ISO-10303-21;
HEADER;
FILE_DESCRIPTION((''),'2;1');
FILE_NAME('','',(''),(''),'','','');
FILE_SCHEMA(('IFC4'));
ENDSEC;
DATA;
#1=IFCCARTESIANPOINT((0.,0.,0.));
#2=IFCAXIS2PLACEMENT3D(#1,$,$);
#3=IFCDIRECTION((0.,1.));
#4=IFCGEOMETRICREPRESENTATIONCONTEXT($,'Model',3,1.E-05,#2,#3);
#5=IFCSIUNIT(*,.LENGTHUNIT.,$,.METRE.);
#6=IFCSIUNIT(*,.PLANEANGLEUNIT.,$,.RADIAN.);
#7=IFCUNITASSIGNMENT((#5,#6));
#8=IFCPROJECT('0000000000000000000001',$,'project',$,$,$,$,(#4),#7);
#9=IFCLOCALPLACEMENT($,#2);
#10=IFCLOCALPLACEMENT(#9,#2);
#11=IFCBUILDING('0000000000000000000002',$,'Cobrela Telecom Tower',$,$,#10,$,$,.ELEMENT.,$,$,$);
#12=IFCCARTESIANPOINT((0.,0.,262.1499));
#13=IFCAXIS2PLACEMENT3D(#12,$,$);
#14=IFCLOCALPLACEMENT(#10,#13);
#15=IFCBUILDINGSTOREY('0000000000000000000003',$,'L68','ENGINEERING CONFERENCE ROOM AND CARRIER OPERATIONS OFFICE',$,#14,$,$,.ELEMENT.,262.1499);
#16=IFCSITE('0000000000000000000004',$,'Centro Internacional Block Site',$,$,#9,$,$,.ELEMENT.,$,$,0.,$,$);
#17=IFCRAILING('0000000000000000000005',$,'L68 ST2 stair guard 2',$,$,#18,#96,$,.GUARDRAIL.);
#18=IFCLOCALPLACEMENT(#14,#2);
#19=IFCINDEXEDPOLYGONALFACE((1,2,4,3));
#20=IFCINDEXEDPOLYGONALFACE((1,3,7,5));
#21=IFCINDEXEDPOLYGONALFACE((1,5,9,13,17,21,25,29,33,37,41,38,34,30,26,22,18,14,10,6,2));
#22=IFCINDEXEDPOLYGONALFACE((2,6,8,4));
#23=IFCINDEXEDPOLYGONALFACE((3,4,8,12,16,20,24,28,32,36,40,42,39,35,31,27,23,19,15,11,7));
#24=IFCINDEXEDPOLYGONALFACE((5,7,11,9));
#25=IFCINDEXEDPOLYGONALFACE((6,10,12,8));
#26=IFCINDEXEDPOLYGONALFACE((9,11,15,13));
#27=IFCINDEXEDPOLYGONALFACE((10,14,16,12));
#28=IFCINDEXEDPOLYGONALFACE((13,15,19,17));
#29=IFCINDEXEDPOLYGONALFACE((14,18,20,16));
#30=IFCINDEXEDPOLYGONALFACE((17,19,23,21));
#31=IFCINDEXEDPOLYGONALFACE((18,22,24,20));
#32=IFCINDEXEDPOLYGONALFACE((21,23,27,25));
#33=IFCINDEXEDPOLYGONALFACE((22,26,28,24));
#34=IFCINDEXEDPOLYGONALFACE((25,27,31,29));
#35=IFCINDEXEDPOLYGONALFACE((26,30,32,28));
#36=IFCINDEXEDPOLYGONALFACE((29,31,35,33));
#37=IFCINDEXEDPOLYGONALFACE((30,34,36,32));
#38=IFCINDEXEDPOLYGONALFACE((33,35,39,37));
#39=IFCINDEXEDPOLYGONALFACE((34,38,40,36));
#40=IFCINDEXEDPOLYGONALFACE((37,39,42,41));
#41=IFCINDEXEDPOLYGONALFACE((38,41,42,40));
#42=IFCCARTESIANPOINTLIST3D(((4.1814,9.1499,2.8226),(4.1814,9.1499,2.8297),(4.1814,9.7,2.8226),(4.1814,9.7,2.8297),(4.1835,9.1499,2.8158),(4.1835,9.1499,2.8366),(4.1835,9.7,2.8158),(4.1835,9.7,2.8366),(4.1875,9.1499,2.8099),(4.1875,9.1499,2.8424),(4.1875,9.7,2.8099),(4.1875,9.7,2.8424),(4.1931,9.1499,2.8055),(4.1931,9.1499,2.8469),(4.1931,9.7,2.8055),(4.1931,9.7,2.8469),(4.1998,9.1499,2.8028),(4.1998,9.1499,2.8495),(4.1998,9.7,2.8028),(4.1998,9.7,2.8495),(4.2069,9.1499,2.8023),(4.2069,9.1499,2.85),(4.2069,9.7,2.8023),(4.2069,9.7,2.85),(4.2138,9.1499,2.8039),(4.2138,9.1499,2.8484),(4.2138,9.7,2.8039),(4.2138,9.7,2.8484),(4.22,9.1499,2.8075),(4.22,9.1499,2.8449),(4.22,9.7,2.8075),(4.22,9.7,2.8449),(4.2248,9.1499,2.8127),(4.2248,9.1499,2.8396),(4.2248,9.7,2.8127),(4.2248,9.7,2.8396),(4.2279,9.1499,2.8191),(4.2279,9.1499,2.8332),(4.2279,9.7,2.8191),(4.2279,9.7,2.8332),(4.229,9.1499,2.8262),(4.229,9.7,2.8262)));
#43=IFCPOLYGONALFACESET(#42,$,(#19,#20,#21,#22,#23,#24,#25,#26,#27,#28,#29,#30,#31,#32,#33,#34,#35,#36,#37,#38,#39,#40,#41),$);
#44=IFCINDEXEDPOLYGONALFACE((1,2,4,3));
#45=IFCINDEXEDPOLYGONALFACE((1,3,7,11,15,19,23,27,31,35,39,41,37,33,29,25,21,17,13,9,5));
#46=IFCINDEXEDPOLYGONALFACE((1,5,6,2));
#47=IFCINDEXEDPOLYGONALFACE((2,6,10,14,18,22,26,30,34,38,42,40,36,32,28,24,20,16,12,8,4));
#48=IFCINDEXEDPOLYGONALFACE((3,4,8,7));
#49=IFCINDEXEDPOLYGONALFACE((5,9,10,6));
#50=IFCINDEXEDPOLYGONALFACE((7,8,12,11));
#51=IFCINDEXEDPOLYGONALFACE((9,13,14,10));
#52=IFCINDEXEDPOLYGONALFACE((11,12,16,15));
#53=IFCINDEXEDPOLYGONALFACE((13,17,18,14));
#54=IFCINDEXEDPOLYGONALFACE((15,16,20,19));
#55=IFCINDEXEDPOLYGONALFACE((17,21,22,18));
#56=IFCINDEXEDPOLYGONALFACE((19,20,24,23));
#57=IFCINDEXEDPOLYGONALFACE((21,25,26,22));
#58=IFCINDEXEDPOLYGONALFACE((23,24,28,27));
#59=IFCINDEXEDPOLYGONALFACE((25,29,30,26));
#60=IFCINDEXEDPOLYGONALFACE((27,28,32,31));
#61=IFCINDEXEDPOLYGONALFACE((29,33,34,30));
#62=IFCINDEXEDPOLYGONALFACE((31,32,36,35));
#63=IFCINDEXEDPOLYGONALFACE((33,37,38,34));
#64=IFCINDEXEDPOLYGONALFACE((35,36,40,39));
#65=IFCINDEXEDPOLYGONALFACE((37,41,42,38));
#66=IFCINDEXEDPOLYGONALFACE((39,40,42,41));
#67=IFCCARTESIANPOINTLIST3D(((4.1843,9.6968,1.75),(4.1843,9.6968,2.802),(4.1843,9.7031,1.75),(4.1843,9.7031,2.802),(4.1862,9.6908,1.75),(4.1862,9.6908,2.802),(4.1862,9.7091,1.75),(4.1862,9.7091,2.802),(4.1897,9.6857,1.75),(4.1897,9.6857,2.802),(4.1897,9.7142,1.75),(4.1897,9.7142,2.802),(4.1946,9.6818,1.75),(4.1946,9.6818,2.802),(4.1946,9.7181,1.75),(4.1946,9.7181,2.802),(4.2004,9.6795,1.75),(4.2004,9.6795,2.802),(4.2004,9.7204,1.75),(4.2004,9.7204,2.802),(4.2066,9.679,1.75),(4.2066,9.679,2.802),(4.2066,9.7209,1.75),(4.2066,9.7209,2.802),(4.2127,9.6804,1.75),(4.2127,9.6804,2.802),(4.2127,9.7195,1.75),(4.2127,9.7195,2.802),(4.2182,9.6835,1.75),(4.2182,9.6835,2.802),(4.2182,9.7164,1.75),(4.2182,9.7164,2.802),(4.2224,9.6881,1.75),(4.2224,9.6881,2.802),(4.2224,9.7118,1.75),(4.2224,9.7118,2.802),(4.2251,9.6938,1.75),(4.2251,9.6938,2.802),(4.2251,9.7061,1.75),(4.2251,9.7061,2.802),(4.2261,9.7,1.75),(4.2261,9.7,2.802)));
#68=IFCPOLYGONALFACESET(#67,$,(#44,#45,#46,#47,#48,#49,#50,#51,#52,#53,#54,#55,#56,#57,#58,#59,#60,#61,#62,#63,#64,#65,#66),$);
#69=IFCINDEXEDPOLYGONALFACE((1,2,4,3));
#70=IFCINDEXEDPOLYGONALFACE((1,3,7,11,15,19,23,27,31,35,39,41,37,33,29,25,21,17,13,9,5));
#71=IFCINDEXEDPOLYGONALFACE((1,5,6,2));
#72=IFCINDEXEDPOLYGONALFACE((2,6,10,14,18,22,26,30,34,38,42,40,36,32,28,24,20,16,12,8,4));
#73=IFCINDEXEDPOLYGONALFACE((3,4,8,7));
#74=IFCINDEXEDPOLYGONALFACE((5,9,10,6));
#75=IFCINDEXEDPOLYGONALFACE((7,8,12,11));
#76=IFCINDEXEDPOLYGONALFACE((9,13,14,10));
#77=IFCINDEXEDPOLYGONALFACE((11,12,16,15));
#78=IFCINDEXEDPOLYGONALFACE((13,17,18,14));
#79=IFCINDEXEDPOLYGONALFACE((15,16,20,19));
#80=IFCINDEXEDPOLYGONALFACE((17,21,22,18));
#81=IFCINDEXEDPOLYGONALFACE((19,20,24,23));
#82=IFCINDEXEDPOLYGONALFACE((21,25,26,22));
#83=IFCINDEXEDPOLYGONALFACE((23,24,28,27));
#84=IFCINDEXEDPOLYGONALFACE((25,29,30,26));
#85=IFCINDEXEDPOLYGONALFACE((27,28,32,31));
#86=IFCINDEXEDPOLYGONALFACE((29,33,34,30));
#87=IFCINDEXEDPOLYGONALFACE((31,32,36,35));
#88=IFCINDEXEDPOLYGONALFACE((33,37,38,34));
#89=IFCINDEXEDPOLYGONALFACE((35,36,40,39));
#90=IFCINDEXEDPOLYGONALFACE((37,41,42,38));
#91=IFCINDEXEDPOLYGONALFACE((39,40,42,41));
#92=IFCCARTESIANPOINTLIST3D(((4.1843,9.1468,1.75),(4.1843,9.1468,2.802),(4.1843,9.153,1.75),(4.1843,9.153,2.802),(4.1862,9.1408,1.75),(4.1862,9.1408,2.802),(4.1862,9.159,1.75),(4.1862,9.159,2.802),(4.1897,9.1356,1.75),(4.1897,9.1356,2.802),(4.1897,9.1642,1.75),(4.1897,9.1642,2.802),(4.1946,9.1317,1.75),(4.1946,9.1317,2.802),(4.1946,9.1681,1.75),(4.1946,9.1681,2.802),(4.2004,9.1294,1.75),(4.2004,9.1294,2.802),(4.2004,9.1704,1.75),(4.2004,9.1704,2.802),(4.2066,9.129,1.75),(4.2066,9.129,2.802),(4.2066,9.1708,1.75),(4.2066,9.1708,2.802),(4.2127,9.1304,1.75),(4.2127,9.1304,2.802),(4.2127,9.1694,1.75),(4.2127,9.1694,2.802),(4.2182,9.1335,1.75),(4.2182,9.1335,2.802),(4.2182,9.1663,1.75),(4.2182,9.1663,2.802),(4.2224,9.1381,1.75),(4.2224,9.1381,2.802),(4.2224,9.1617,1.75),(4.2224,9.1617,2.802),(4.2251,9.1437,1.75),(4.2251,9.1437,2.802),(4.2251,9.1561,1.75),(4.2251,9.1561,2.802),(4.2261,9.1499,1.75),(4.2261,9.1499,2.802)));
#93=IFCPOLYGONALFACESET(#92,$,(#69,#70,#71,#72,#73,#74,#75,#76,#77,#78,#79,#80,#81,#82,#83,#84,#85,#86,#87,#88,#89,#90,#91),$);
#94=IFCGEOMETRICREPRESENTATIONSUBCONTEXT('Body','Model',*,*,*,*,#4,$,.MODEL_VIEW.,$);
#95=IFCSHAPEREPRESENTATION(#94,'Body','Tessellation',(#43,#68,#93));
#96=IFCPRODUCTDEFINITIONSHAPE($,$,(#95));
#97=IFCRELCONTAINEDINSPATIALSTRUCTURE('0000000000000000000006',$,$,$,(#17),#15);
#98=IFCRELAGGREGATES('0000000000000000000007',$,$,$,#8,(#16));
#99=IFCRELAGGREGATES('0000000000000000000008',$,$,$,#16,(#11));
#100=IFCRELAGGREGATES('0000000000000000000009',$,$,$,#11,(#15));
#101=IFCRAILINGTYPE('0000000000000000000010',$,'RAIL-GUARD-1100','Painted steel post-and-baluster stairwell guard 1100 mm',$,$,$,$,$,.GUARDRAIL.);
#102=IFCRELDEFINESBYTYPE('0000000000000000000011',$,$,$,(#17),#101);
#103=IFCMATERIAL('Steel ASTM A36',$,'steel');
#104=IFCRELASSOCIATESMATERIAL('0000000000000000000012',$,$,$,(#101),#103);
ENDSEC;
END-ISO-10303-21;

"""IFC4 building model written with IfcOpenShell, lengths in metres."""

from ifc_helpers import new_model, si_unit, direction, frame, origin, origin_2d, place, context, subcontext, project, spatial, circle, extrude, material, type_object, element, save


model = new_model("IFC4")

# Units and contexts
model_context = context("Model", 3, precision=1e-05, world=origin(), true_north=direction((0.0, 1.0)))
body_context = subcontext(model_context, "Body", "Model", "MODEL_VIEW")
ifc_project = project(units=[si_unit("LENGTHUNIT", "METRE"), si_unit("PLANEANGLEUNIT", "RADIAN")], contexts=[model_context])

# Site, building, storey
site_placement = place(None, origin())
site = spatial("IfcSite", under=ifc_project, at=site_placement, Name="Centro Internacional Block Site", CompositionType="ELEMENT", RefElevation=0.0)
building_placement = place(site_placement, origin())
building = spatial("IfcBuilding", under=site, at=building_placement, Name="Cobrela Telecom Tower", CompositionType="ELEMENT")
storey_placement = place(building_placement, frame((0.0, 0.0, 262.1499)))
storey = spatial("IfcBuildingStorey", under=building, at=storey_placement, Name="L68", Description="ENGINEERING CONFERENCE ROOM AND CARRIER OPERATIONS OFFICE", CompositionType="ELEMENT", Elevation=262.1499)

# Shared definitions
ifc_material_1 = material(Name="Steel ASTM A36", Category="steel")

# Railing
railing_type = type_object("IfcRailingType", Name="RAIL-GUARD-1100", Description="Painted steel post-and-baluster stairwell guard 1100 mm", PredefinedType="GUARDRAIL", material=ifc_material_1)
railing_1_placement = place(storey_placement, frame((4.2051, 9.7, 1.75)))
element("IfcRailing", 1, at=railing_1_placement, inside=storey, type_object=railing_type, Name="L68 ST2 stair guard 2", PredefinedType="GUARDRAIL", context=body_context, shape_type="SweptSolid", body=[
    extrude(circle(Radius=0.0239, at=origin_2d()), frame((0.0, 0.0, 1.0762), z_axis=(0.0, -1.0, 0.0), x_axis=(1.0, 0.0, 0.0)), (0.0, 0.0, 1.0), 0.55),
    extrude(circle(Radius=0.021, at=origin_2d()), origin(), (0.0, 0.0, 1.0), 1.052),
    extrude(circle(Radius=0.021, at=origin_2d()), frame((0.0, -0.55, 0.0)), (0.0, 0.0, 1.0), 1.052),
])

save(model, "model.ifc")
